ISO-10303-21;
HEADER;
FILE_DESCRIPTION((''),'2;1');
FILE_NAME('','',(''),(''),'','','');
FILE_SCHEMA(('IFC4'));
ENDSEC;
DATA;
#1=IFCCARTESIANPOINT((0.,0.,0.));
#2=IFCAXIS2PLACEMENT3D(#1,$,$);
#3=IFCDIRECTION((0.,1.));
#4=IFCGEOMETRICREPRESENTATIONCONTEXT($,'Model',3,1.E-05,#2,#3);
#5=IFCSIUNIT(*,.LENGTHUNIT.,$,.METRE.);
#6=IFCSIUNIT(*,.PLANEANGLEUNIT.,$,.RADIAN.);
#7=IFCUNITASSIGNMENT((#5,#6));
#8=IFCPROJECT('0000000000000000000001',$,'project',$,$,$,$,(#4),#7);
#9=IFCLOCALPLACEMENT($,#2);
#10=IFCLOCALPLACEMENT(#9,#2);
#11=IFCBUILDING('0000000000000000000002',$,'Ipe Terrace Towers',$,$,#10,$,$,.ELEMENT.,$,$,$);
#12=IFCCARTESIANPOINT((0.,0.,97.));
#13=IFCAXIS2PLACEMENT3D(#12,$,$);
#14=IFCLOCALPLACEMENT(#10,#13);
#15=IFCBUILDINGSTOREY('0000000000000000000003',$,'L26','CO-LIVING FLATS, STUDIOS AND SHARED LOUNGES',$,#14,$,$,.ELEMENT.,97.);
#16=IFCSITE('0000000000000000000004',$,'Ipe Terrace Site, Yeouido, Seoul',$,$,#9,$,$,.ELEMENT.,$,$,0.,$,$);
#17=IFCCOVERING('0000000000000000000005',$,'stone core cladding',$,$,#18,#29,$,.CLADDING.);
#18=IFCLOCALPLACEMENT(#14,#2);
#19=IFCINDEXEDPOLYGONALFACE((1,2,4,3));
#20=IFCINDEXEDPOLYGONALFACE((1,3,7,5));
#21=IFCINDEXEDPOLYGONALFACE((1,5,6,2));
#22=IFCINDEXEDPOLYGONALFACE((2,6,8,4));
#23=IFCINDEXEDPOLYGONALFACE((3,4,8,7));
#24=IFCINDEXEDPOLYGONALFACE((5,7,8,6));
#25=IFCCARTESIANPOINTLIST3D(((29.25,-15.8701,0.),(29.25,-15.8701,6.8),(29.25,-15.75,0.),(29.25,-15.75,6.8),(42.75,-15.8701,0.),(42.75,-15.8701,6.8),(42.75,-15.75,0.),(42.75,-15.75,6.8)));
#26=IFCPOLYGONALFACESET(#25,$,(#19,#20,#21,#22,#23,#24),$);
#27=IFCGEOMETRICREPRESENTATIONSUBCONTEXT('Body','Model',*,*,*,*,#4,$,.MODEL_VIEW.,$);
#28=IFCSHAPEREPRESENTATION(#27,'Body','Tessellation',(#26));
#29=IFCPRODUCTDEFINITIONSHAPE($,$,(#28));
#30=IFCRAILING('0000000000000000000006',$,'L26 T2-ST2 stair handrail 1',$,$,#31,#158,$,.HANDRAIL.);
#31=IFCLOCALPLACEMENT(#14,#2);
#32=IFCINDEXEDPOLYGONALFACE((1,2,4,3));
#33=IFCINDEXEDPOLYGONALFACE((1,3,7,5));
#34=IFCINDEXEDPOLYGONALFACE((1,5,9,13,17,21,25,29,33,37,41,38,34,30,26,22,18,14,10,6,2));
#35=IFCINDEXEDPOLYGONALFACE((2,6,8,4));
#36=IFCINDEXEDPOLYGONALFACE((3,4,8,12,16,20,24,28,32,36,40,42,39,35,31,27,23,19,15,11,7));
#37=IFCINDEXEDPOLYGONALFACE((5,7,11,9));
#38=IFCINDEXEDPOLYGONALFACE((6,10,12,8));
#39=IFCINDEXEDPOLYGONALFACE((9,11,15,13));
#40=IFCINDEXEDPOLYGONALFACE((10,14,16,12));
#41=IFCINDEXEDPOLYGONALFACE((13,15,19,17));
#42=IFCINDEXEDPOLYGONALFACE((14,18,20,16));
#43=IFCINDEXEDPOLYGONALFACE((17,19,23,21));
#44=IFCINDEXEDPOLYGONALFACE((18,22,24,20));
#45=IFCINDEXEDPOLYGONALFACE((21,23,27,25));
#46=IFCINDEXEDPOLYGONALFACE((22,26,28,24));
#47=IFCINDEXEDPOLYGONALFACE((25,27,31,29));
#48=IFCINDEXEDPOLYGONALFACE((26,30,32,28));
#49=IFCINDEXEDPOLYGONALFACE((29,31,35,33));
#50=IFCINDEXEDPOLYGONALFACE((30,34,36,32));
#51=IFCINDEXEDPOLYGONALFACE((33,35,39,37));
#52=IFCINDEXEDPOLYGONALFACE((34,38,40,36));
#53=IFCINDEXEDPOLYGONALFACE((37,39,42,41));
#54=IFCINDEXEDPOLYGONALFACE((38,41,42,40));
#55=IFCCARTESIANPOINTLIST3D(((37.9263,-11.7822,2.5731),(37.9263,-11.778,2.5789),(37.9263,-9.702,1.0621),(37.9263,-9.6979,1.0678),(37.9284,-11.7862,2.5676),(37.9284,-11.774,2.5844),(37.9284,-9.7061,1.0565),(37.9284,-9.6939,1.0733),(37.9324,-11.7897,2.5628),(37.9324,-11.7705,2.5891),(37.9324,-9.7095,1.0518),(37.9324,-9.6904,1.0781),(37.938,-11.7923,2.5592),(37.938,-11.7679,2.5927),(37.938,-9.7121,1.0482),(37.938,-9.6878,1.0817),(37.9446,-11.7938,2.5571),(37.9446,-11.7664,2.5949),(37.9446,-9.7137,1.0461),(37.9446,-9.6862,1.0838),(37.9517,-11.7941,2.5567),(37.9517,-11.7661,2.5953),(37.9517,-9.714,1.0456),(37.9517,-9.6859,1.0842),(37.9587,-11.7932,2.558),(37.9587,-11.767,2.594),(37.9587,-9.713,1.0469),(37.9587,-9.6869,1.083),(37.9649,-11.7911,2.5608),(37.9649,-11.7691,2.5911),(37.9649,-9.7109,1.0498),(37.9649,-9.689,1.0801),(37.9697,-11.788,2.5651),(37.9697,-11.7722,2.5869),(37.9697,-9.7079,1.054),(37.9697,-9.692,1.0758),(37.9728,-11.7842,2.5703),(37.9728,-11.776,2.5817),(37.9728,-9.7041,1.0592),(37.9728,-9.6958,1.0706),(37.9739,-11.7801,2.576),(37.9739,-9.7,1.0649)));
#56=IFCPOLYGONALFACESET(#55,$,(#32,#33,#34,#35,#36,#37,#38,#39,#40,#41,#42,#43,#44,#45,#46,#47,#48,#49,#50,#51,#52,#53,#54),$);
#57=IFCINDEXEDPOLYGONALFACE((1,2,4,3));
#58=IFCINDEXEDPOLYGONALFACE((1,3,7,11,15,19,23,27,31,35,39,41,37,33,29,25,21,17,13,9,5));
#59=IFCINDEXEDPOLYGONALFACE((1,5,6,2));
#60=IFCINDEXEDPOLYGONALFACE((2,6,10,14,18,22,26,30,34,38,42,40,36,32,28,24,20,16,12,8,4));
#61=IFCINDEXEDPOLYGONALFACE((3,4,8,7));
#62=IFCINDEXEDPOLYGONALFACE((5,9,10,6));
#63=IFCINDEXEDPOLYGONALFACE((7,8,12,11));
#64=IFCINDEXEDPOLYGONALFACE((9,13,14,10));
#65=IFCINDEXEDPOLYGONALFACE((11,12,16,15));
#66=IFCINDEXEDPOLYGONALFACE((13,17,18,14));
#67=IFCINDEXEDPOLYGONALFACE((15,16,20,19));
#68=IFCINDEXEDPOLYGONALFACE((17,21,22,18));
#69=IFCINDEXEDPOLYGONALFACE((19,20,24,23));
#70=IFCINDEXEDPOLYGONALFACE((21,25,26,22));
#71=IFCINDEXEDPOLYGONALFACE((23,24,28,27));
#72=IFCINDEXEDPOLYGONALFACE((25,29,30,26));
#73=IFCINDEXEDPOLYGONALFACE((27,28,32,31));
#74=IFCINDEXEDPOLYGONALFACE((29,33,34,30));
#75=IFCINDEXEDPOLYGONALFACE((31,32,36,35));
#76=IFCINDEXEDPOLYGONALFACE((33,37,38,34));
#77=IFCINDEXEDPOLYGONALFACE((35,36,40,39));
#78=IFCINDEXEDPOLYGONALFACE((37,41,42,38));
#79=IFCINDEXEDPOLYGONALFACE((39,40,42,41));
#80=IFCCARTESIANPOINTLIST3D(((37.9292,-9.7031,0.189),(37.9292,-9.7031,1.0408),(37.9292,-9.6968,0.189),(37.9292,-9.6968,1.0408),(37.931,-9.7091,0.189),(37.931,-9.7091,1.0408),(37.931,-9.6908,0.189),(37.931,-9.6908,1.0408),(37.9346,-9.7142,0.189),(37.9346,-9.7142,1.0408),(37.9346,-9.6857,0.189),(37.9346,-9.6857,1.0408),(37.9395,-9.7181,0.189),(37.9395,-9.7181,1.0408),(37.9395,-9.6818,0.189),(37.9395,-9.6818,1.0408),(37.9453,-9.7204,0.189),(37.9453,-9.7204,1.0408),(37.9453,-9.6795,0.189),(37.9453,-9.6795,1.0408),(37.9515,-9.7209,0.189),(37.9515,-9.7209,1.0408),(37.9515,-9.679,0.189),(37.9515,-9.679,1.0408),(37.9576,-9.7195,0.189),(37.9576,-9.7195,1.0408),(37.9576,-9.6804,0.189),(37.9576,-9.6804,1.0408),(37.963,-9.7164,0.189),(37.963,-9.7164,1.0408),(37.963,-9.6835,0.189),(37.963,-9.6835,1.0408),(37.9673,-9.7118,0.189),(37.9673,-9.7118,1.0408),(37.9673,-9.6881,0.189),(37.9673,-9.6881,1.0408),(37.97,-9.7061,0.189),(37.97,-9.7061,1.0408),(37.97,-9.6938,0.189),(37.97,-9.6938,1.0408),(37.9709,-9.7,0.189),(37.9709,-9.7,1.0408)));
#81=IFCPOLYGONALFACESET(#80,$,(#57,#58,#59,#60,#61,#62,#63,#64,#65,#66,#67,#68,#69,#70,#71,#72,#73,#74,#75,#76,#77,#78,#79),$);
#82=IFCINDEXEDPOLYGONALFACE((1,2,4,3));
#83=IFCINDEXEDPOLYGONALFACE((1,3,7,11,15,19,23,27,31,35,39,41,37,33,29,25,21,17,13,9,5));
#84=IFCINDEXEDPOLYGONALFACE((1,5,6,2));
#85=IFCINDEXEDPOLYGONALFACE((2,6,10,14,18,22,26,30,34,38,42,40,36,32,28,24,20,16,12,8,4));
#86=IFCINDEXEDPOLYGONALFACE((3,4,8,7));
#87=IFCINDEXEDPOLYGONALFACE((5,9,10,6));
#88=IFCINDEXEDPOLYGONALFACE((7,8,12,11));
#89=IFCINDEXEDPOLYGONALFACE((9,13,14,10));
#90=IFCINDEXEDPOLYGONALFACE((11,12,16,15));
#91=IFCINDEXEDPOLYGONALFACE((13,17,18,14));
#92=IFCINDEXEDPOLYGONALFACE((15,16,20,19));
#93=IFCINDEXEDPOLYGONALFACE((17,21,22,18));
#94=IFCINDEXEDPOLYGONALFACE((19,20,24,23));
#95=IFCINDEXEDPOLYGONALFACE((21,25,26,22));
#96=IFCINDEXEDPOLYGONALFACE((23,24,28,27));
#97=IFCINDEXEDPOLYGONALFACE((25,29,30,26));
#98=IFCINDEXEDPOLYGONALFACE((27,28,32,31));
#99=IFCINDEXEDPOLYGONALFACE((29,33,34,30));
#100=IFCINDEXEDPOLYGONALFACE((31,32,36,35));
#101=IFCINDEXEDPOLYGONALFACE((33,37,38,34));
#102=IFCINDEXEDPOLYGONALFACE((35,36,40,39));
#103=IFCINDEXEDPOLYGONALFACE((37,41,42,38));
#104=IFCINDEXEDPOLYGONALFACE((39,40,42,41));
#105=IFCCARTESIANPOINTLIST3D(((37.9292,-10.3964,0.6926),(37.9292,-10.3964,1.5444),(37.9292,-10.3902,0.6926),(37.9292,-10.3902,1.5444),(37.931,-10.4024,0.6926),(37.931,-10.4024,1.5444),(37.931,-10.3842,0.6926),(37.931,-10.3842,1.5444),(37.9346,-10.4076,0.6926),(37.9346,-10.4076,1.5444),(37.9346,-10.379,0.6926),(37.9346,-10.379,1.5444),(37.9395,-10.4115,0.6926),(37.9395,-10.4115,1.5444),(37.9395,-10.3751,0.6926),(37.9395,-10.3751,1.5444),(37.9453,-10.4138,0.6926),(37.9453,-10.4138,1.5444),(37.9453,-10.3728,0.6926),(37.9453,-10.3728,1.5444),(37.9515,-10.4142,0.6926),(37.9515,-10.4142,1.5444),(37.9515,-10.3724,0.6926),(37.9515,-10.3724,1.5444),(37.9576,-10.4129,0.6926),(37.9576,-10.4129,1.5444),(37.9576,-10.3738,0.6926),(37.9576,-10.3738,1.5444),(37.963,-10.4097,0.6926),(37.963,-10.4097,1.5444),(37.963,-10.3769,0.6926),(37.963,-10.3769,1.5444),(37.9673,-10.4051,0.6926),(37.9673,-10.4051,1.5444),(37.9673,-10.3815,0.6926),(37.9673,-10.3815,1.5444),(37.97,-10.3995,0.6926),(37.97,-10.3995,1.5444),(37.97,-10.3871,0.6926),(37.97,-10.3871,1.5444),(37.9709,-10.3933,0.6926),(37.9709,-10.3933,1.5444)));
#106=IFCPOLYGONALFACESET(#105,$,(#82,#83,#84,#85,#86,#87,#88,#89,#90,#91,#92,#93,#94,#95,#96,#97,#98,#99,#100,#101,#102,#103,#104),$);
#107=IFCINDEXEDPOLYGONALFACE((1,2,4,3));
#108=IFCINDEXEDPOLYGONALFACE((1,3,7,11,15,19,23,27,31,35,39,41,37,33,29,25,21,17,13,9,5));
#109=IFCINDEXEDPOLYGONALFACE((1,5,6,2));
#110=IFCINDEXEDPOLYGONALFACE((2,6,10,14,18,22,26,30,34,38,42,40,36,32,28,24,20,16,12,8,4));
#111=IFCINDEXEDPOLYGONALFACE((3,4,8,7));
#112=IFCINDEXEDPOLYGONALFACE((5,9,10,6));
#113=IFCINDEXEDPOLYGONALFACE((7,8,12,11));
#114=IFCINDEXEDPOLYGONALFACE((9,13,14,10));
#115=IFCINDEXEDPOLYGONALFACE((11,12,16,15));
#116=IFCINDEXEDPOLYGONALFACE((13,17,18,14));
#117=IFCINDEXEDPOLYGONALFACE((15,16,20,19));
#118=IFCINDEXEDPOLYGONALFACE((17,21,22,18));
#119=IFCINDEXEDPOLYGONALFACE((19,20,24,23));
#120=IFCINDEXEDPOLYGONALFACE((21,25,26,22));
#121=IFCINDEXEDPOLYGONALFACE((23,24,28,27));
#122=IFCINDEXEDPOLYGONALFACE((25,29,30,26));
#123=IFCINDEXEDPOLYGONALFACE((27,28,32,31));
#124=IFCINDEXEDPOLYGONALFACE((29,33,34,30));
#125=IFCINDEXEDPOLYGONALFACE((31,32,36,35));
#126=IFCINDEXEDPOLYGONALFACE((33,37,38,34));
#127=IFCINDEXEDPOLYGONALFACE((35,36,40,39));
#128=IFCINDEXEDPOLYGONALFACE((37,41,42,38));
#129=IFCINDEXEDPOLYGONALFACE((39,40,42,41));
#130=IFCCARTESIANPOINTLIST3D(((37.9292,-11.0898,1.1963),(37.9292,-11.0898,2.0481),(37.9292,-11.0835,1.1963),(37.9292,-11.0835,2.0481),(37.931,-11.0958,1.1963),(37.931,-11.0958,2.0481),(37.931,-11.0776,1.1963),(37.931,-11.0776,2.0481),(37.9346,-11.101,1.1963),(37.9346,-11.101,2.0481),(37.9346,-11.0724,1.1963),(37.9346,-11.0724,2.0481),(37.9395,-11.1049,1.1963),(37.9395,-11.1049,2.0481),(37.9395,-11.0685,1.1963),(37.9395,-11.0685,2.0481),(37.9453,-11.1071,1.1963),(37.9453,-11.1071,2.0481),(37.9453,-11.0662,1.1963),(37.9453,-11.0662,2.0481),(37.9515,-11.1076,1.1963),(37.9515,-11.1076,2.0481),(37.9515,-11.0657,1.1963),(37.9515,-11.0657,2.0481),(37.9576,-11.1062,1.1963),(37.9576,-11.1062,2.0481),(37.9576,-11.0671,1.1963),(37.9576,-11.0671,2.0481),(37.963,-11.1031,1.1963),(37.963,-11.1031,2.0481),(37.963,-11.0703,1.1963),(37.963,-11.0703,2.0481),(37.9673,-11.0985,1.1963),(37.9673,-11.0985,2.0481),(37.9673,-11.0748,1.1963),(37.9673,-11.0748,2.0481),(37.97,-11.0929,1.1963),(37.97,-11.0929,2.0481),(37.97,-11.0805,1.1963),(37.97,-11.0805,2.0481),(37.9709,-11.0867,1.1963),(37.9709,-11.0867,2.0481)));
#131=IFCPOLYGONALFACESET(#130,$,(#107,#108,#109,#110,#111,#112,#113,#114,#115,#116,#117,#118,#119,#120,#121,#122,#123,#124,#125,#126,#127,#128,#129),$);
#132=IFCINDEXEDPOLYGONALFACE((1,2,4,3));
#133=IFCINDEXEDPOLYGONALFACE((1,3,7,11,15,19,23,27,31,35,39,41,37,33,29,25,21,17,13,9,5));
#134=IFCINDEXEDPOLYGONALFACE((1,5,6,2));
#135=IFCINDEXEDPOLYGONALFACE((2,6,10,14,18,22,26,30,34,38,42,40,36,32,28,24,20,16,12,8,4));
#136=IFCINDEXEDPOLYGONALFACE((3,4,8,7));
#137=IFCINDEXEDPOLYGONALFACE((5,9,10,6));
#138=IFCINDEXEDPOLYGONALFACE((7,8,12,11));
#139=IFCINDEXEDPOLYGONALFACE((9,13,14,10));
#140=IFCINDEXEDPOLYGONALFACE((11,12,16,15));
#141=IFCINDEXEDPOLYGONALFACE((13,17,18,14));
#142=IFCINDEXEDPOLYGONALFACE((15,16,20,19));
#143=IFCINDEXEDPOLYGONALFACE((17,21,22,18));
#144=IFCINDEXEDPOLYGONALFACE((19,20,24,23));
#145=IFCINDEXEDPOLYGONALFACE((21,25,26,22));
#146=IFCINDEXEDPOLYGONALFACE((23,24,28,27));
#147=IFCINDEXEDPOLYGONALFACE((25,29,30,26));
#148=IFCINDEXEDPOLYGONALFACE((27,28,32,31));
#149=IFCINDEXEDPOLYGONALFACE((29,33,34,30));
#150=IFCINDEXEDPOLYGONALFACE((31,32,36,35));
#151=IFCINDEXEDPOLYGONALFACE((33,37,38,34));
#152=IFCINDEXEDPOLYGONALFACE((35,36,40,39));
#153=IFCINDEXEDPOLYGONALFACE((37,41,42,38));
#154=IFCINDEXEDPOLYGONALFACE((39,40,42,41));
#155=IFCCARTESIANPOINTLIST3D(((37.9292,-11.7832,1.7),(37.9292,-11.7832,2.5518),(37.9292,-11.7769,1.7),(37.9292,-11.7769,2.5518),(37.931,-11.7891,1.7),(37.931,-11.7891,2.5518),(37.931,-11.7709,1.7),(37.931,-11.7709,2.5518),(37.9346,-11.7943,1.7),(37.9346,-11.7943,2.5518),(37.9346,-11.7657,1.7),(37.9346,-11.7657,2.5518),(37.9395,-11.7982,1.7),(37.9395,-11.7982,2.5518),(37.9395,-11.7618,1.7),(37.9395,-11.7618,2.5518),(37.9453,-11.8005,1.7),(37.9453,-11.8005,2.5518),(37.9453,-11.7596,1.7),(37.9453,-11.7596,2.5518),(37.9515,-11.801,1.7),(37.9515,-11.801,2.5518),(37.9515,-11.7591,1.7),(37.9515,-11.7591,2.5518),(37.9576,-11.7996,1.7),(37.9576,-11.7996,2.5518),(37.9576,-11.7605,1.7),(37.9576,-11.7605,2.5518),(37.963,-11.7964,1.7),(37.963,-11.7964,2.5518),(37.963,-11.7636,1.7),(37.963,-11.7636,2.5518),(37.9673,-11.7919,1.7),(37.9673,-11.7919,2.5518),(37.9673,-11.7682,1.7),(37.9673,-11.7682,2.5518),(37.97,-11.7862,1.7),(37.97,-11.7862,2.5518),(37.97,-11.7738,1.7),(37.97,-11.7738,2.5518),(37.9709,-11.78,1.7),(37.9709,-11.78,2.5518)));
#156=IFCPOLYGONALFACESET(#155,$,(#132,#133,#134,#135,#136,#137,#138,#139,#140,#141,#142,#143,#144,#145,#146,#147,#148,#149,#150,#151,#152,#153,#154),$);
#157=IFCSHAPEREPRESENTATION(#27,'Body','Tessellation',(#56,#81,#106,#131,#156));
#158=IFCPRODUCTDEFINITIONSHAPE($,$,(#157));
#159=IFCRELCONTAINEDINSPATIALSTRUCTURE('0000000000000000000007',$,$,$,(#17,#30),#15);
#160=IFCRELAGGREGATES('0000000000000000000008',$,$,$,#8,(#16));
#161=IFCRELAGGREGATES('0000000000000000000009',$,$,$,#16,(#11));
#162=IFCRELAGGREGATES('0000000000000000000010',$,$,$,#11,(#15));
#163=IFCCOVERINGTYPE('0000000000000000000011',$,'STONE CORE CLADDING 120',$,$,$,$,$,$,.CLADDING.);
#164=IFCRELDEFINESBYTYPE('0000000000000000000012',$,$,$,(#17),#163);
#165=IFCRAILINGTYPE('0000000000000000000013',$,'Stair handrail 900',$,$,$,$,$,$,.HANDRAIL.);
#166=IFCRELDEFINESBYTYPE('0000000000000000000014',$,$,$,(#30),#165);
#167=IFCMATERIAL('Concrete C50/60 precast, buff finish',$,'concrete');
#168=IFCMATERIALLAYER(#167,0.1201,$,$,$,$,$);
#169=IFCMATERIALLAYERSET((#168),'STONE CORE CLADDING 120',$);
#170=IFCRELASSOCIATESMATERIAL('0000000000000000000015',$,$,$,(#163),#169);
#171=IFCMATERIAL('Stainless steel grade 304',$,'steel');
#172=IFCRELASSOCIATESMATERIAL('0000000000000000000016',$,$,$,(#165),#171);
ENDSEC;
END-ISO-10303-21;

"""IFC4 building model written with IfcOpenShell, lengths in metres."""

from ifc_helpers import new_model, si_unit, direction, frame, origin, origin_2d, place, context, subcontext, project, spatial, rectangle, circle, extrude, material, layer, layer_set, type_object, element, save


model = new_model("IFC4")

# Units and contexts
model_context = context("Model", 3, precision=1e-05, world=origin(), true_north=direction((0.0, 1.0)))
body_context = subcontext(model_context, "Body", "Model", "MODEL_VIEW")
ifc_project = project(units=[si_unit("LENGTHUNIT", "METRE"), si_unit("PLANEANGLEUNIT", "RADIAN")], contexts=[model_context])

# Site, building, storey
site_placement = place(None, origin())
site = spatial("IfcSite", under=ifc_project, at=site_placement, Name="Ipe Terrace Site, Yeouido, Seoul", CompositionType="ELEMENT", RefElevation=0.0)
building_placement = place(site_placement, origin())
building = spatial("IfcBuilding", under=site, at=building_placement, Name="Ipe Terrace Towers", CompositionType="ELEMENT")
storey_placement = place(building_placement, frame((0.0, 0.0, 97.0)))
storey = spatial("IfcBuildingStorey", under=building, at=storey_placement, Name="L26", Description="CO-LIVING FLATS, STUDIOS AND SHARED LOUNGES", CompositionType="ELEMENT", Elevation=97.0)

# Covering
ifc_material_1 = material(Name="Concrete C50/60 precast, buff finish", Category="concrete")
ifc_layer_1 = layer(ifc_material_1, 0.1201)
ifc_layer_set_1 = layer_set([ifc_layer_1], Name="STONE CORE CLADDING 120")
covering_type = type_object("IfcCoveringType", Name="STONE CORE CLADDING 120", PredefinedType="CLADDING", material=ifc_layer_set_1)
covering_placement = place(storey_placement, frame((36.0, -15.8101, 0.0), z_axis=(0.0, 0.0, 1.0), x_axis=(1.0, 0.0, 0.0)))
element("IfcCovering", 1, at=covering_placement, inside=storey, type_object=covering_type, Name="stone core cladding", PredefinedType="CLADDING", context=body_context, shape_type="SweptSolid", body=[
    extrude(rectangle(XDim=13.5, YDim=0.1201, at=origin_2d()), origin(), (0.0, 0.0, 1.0), 6.8),
])

# Railing
ifc_material_2 = material(Name="Stainless steel grade 304", Category="steel")
railing_type_1 = type_object("IfcRailingType", Name="Stair handrail 900", PredefinedType="HANDRAIL", material=ifc_material_2)
railing_1_placement = place(storey_placement, frame((37.95, -9.7, 0.189)))
element("IfcRailing", 2, at=railing_1_placement, inside=storey, type_object=railing_type_1, Name="L26 T2-ST2 stair handrail 1", PredefinedType="HANDRAIL", context=body_context, shape_type="SweptSolid", body=[
    extrude(circle(Radius=0.0239, at=origin_2d()), frame((0.0, 0.0, 0.876), z_axis=(0.0, -0.809069, 0.587714), x_axis=(1.0, 0.0, 0.0)), (0.0, 0.0, 1.0), 2.571),
    extrude(circle(Radius=0.021, at=origin_2d()), origin(), (0.0, 0.0, 1.0), 0.8518),
    extrude(circle(Radius=0.021, at=origin_2d()), frame((0.0, -0.6934, 0.5037)), (0.0, 0.0, 1.0), 0.8518),
    extrude(circle(Radius=0.021, at=origin_2d()), frame((0.0, -1.3867, 1.0073)), (0.0, 0.0, 1.0), 0.8518),
    extrude(circle(Radius=0.021, at=origin_2d()), frame((0.0, -2.0801, 1.511)), (0.0, 0.0, 1.0), 0.8518),
])

save(model, "model.ifc")
